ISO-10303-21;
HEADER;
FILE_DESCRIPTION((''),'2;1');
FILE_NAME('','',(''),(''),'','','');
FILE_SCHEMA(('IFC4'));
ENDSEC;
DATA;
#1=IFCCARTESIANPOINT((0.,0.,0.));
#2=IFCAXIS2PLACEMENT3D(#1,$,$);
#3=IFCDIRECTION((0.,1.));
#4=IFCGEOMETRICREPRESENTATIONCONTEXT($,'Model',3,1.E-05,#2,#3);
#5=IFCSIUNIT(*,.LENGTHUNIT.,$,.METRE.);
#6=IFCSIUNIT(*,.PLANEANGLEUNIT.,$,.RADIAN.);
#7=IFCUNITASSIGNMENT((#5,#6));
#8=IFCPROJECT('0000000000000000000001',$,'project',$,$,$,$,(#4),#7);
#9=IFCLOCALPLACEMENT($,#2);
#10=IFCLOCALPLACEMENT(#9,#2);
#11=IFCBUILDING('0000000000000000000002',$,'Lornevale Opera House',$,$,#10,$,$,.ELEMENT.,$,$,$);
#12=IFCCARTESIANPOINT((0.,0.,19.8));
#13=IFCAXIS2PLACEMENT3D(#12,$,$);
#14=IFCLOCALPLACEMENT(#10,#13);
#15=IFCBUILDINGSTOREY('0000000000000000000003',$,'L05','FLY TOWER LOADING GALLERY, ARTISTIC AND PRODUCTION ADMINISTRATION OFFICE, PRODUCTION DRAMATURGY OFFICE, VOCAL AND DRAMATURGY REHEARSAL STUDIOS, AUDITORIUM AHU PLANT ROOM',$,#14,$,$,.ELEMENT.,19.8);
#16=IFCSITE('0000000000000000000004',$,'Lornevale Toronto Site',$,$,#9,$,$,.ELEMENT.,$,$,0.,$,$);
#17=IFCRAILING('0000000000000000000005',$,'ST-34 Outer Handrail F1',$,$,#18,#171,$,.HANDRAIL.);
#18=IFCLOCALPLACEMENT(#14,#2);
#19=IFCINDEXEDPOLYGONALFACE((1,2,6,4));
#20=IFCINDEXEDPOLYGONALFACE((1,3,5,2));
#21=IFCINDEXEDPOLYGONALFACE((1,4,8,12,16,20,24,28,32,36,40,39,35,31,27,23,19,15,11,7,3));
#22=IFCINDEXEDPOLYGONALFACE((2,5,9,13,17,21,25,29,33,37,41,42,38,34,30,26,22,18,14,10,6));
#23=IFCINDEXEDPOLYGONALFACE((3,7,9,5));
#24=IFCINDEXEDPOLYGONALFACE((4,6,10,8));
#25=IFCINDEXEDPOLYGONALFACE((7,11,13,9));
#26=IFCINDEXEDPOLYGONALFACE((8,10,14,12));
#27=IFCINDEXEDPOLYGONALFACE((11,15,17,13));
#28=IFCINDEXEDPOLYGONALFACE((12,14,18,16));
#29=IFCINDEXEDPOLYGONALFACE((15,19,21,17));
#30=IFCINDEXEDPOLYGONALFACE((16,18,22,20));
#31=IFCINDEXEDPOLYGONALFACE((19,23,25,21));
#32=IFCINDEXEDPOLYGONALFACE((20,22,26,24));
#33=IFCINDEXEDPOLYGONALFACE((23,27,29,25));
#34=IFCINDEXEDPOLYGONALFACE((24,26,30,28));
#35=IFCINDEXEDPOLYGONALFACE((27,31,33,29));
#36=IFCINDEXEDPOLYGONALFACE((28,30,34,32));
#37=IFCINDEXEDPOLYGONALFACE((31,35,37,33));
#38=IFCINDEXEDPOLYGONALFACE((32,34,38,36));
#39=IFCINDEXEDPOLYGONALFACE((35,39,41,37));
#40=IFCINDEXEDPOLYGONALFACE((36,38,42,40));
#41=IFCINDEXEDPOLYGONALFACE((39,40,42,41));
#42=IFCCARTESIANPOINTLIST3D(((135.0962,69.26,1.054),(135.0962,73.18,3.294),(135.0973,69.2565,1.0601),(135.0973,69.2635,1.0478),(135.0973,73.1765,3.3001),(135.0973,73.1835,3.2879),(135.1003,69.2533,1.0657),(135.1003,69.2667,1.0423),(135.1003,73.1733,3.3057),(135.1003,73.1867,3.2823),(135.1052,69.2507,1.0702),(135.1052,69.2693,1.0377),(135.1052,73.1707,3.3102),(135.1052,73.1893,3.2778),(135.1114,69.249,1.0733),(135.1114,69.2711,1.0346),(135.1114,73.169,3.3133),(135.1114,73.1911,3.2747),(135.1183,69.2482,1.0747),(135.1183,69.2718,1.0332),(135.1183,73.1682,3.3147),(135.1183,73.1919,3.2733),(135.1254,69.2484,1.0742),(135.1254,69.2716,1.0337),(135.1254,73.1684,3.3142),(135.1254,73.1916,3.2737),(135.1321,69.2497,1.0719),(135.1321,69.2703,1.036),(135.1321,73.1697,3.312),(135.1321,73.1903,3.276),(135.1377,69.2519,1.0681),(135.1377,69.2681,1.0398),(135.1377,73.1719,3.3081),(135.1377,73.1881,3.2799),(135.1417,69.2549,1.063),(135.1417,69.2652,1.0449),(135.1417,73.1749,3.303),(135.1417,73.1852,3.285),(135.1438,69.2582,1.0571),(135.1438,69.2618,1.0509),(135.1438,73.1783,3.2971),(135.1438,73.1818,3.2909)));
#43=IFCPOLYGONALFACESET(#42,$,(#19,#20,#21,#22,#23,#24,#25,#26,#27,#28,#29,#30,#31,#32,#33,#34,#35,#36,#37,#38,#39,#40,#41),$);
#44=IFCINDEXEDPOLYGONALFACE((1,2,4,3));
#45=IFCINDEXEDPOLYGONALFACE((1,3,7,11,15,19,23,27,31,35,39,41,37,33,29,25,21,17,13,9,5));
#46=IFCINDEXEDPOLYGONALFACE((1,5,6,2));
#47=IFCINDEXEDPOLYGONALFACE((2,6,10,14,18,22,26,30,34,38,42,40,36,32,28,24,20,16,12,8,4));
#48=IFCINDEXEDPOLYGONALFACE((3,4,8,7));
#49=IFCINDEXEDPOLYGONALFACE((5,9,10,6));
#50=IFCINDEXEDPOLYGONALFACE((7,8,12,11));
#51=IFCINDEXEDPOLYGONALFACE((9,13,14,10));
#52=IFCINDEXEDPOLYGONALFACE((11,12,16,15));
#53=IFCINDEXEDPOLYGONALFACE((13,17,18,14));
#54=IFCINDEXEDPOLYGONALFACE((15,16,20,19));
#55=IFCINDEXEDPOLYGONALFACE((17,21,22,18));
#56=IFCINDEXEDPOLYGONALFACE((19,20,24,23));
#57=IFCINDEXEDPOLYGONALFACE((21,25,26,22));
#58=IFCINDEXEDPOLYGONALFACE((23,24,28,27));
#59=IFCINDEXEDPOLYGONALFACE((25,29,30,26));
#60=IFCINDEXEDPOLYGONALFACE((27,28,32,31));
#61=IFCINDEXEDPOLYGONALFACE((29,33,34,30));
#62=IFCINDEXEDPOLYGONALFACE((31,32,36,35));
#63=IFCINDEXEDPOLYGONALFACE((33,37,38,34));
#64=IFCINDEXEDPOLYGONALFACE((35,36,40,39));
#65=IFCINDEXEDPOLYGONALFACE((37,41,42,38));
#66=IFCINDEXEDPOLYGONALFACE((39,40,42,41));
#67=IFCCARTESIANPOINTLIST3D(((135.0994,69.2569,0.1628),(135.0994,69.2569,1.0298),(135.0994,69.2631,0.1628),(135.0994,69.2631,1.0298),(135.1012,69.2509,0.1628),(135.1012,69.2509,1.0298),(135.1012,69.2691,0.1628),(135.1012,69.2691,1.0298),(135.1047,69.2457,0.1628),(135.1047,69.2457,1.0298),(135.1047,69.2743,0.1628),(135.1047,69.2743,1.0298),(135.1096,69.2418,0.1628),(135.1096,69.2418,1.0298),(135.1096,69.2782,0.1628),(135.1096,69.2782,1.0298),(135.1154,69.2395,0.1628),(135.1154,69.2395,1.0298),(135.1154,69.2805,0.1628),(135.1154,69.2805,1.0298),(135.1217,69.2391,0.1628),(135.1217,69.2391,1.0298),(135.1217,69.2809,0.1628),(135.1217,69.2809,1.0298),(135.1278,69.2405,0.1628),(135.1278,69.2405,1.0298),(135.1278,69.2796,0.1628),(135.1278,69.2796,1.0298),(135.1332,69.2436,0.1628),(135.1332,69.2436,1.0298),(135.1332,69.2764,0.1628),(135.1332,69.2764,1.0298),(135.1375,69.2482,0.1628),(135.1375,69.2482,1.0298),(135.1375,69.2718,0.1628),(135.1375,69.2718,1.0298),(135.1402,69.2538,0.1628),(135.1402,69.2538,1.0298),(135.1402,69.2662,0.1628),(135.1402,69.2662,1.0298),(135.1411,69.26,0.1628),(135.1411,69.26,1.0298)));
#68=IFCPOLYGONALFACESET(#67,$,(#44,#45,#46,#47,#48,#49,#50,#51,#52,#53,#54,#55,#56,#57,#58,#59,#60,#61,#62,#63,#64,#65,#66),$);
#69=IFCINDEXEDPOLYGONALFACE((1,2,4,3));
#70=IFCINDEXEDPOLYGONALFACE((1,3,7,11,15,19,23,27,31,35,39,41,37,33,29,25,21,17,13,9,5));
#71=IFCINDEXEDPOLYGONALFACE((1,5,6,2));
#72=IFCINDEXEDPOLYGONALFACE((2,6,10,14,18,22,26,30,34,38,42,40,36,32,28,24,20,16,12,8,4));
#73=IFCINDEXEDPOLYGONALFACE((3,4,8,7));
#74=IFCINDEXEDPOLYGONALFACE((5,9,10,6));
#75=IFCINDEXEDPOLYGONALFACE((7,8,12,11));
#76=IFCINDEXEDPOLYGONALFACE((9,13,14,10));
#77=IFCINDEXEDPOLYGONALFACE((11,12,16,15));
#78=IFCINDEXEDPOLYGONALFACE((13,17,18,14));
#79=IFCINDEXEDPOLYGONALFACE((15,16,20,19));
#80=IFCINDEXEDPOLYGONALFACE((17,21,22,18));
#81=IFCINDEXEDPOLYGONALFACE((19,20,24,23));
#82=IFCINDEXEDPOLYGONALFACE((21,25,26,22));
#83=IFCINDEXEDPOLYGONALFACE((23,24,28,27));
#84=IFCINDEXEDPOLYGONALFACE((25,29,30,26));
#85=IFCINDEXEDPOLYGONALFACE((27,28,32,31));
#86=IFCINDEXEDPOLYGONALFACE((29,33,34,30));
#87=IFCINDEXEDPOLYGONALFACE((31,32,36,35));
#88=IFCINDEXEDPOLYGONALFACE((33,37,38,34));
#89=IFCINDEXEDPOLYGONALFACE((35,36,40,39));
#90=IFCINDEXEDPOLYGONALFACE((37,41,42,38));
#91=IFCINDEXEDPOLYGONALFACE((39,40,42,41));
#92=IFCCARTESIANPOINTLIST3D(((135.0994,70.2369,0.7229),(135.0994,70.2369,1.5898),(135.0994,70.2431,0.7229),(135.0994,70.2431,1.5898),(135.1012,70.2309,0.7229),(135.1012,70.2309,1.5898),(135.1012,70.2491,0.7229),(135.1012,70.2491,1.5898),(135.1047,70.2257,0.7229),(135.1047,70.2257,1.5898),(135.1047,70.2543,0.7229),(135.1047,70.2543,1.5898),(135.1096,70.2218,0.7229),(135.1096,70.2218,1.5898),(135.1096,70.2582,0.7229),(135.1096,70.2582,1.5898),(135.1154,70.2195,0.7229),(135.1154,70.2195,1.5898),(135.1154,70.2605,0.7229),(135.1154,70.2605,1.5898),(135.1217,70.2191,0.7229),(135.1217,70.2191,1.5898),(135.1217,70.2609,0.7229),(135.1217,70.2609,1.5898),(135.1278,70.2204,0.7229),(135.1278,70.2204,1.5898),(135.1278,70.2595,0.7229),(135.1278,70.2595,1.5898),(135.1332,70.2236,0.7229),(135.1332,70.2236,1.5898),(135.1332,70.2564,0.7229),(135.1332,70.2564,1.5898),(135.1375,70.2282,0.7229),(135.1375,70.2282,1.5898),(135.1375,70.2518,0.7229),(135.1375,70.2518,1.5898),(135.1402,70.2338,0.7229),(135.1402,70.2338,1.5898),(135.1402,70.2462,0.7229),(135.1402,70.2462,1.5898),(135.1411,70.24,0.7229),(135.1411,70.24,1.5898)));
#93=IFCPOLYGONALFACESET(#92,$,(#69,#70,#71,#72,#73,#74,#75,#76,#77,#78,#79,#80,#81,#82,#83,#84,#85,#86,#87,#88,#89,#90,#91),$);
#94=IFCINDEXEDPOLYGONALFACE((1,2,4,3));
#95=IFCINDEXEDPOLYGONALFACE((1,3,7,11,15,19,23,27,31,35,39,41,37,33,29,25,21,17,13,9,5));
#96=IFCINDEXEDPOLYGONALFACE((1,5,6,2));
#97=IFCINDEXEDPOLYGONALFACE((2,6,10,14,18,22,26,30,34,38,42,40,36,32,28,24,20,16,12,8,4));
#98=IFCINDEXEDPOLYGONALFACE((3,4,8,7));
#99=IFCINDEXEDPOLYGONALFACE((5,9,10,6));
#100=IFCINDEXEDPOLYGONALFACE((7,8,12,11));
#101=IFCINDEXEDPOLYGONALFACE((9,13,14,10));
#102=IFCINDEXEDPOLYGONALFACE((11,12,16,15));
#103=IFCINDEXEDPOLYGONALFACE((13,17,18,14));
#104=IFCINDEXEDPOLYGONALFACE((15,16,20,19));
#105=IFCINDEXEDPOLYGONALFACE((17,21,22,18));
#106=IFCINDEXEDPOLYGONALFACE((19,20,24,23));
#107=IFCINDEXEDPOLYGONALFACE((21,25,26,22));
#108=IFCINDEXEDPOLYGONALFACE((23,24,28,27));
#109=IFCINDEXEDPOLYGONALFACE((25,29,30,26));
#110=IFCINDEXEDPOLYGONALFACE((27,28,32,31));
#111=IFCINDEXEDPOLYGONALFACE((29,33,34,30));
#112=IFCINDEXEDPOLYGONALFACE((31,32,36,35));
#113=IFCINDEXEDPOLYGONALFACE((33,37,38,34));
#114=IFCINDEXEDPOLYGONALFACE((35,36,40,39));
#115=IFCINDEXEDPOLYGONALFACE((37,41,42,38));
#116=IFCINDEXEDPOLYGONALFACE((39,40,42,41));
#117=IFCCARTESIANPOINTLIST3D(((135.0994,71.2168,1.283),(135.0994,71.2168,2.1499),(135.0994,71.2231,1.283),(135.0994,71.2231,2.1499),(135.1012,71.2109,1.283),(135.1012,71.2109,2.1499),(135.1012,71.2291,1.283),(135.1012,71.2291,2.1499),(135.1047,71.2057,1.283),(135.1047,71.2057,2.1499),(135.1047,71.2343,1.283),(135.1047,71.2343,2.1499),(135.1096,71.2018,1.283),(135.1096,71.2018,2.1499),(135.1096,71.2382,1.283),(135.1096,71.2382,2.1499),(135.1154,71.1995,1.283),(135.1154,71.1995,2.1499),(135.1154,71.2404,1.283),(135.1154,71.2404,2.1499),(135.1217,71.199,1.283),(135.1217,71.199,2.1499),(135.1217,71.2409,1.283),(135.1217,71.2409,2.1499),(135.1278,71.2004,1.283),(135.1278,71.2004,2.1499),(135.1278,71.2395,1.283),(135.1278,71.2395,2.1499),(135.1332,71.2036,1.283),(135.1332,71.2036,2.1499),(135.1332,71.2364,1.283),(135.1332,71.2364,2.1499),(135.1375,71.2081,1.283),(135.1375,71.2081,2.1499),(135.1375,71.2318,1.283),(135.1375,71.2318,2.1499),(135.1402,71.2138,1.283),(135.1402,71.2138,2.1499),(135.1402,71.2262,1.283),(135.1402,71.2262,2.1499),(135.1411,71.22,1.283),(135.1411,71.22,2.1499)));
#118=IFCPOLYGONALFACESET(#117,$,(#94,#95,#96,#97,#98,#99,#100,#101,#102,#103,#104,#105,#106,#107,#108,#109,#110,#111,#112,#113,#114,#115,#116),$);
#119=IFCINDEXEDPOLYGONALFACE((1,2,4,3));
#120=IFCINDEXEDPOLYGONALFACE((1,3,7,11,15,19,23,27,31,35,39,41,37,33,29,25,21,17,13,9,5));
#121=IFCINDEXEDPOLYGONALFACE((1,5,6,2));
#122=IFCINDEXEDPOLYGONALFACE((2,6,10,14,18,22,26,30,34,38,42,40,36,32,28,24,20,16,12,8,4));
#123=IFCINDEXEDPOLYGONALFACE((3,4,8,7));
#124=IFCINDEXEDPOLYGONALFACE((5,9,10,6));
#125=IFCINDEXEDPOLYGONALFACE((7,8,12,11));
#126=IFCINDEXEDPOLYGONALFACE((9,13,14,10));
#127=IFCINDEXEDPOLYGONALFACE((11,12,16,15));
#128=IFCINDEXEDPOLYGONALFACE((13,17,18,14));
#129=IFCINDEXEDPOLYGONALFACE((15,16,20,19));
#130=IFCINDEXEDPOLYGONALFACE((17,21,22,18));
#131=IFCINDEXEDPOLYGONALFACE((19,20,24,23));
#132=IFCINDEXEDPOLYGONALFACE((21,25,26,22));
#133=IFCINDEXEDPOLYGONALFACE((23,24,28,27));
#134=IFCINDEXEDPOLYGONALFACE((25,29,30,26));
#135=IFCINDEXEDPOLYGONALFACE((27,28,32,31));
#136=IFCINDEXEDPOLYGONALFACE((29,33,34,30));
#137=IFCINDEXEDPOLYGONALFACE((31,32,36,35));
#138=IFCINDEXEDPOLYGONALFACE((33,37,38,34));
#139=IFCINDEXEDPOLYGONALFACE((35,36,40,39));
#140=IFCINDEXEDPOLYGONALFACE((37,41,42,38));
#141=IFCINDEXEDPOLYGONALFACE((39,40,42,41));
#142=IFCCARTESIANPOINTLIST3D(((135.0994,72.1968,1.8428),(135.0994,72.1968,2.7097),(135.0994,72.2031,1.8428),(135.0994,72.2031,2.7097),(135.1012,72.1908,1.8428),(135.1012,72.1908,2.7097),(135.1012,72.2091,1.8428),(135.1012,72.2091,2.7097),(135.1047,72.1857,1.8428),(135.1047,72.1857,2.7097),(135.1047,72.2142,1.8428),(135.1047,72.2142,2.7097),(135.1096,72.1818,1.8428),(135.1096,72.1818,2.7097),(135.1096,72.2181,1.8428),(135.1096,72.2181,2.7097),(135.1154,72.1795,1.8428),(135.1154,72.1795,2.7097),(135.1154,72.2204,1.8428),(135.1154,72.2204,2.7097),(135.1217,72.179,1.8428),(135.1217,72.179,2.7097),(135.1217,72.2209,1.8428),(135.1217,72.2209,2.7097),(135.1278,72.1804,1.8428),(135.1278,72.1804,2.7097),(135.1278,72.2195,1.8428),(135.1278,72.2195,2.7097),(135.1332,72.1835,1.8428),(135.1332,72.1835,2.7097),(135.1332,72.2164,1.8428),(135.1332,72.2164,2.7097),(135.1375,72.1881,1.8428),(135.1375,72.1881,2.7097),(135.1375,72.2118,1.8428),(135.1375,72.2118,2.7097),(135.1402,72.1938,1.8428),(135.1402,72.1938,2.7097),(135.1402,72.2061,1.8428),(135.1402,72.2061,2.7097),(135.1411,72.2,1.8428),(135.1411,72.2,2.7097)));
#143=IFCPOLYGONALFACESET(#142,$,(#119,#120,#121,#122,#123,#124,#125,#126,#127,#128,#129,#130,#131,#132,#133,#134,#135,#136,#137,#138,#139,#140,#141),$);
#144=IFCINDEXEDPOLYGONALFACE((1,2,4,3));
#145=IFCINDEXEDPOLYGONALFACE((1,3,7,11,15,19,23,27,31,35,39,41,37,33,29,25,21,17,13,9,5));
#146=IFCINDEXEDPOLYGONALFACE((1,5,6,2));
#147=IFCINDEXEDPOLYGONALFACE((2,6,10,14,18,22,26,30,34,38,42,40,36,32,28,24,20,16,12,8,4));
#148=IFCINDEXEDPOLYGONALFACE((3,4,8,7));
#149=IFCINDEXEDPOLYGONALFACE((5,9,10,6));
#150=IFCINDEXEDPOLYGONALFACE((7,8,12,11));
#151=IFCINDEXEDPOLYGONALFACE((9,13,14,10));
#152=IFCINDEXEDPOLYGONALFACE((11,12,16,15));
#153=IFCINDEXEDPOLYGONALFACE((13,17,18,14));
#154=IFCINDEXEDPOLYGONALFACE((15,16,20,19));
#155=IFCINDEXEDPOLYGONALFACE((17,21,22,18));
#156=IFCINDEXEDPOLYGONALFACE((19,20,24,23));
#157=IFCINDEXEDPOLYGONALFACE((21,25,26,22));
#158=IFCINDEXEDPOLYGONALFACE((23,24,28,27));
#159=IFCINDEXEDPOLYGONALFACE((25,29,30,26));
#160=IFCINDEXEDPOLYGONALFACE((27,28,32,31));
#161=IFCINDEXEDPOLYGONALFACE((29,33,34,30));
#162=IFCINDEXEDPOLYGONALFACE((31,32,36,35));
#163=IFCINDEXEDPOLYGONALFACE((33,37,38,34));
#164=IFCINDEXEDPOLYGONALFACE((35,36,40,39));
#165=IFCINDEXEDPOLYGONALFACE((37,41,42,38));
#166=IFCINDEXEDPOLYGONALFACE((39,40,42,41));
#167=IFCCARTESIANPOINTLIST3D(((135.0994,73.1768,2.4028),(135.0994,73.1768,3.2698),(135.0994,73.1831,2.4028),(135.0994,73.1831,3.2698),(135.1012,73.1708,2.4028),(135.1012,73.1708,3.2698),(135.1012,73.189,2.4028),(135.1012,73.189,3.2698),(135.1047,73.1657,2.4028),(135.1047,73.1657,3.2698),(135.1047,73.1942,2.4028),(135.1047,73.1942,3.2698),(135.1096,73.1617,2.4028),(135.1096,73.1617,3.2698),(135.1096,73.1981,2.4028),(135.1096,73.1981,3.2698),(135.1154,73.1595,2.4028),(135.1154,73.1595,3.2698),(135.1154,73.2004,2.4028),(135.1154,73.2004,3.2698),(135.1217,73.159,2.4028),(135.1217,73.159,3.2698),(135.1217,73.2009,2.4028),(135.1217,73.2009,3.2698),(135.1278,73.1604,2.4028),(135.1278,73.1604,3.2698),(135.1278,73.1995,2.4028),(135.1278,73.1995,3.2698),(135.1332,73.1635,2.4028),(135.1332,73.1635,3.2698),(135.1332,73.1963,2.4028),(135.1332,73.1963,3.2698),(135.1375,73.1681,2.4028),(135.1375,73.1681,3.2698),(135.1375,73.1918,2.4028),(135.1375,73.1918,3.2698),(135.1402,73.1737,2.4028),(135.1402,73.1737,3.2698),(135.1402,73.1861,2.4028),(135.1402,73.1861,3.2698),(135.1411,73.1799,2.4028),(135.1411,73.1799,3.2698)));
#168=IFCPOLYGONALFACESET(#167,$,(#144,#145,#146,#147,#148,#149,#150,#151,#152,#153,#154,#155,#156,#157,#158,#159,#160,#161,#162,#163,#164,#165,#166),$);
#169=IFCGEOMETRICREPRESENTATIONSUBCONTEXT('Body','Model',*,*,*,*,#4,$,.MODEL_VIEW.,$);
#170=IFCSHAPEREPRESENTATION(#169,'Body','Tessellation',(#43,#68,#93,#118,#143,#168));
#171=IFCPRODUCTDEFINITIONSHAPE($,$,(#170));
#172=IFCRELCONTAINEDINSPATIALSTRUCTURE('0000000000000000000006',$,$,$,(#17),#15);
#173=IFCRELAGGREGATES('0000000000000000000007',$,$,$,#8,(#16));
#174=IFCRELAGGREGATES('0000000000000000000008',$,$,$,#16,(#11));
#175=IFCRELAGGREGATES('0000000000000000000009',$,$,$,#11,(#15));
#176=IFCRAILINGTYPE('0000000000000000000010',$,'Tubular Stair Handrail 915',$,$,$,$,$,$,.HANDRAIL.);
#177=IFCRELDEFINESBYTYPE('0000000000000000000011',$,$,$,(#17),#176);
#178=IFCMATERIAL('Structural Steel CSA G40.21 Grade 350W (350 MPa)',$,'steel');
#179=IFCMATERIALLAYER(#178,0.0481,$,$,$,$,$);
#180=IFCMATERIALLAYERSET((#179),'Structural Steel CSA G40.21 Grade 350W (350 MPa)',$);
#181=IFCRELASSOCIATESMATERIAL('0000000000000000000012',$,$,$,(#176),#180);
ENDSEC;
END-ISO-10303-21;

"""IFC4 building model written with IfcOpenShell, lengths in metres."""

from ifc_helpers import new_model, si_unit, direction, frame, origin, origin_2d, place, context, subcontext, project, spatial, circle, extrude, material, layer, layer_set, type_object, element, save


model = new_model("IFC4")

# Units and contexts
model_context = context("Model", 3, precision=1e-05, world=origin(), true_north=direction((0.0, 1.0)))
body_context = subcontext(model_context, "Body", "Model", "MODEL_VIEW")
ifc_project = project(units=[si_unit("LENGTHUNIT", "METRE"), si_unit("PLANEANGLEUNIT", "RADIAN")], contexts=[model_context])

# Site, building, storey
site_placement = place(None, origin())
site = spatial("IfcSite", under=ifc_project, at=site_placement, Name="Lornevale Toronto Site", CompositionType="ELEMENT", RefElevation=0.0)
building_placement = place(site_placement, origin())
building = spatial("IfcBuilding", under=site, at=building_placement, Name="Lornevale Opera House", CompositionType="ELEMENT")
storey_placement = place(building_placement, frame((0.0, 0.0, 19.8)))
storey = spatial("IfcBuildingStorey", under=building, at=storey_placement, Name="L05", Description="FLY TOWER LOADING GALLERY, ARTISTIC AND PRODUCTION ADMINISTRATION OFFICE, PRODUCTION DRAMATURGY OFFICE, VOCAL AND DRAMATURGY REHEARSAL STUDIOS, AUDITORIUM AHU PLANT ROOM", CompositionType="ELEMENT", Elevation=19.8)

# Shared definitions
ifc_material_1 = material(Name="Structural Steel CSA G40.21 Grade 350W (350 MPa)", Category="steel")

# Railing
ifc_layer_1 = layer(ifc_material_1, 0.0481)
ifc_layer_set_1 = layer_set([ifc_layer_1], Name="Structural Steel CSA G40.21 Grade 350W (350 MPa)")
railing_type_1 = type_object("IfcRailingType", Name="Tubular Stair Handrail 915", PredefinedType="HANDRAIL", material=ifc_layer_set_1)
railing_1_placement = place(storey_placement, frame((135.1201, 69.26, 0.1628)))
element("IfcRailing", 1, at=railing_1_placement, inside=storey, type_object=railing_type_1, Name="ST-34 Outer Handrail F1", PredefinedType="HANDRAIL", context=body_context, shape_type="SweptSolid", body=[
    extrude(circle(Radius=0.0239, at=origin_2d()), frame((0.0, 0.0, 0.8911), z_axis=(0.0, 0.86824, 0.496145), x_axis=(-1.0, 0.0, 0.0)), (0.0, 0.0, 1.0), 4.5149),
    extrude(circle(Radius=0.021, at=origin_2d()), origin(), (0.0, 0.0, 1.0), 0.8669),
    extrude(circle(Radius=0.021, at=origin_2d()), frame((0.0, 0.98, 0.5601)), (0.0, 0.0, 1.0), 0.8669),
    extrude(circle(Radius=0.021, at=origin_2d()), frame((0.0, 1.96, 1.1201)), (0.0, 0.0, 1.0), 0.8669),
    extrude(circle(Radius=0.021, at=origin_2d()), frame((0.0, 2.9399, 1.6799)), (0.0, 0.0, 1.0), 0.8669),
    extrude(circle(Radius=0.021, at=origin_2d()), frame((0.0, 3.9199, 2.24)), (0.0, 0.0, 1.0), 0.8669),
])

save(model, "model.ifc")
